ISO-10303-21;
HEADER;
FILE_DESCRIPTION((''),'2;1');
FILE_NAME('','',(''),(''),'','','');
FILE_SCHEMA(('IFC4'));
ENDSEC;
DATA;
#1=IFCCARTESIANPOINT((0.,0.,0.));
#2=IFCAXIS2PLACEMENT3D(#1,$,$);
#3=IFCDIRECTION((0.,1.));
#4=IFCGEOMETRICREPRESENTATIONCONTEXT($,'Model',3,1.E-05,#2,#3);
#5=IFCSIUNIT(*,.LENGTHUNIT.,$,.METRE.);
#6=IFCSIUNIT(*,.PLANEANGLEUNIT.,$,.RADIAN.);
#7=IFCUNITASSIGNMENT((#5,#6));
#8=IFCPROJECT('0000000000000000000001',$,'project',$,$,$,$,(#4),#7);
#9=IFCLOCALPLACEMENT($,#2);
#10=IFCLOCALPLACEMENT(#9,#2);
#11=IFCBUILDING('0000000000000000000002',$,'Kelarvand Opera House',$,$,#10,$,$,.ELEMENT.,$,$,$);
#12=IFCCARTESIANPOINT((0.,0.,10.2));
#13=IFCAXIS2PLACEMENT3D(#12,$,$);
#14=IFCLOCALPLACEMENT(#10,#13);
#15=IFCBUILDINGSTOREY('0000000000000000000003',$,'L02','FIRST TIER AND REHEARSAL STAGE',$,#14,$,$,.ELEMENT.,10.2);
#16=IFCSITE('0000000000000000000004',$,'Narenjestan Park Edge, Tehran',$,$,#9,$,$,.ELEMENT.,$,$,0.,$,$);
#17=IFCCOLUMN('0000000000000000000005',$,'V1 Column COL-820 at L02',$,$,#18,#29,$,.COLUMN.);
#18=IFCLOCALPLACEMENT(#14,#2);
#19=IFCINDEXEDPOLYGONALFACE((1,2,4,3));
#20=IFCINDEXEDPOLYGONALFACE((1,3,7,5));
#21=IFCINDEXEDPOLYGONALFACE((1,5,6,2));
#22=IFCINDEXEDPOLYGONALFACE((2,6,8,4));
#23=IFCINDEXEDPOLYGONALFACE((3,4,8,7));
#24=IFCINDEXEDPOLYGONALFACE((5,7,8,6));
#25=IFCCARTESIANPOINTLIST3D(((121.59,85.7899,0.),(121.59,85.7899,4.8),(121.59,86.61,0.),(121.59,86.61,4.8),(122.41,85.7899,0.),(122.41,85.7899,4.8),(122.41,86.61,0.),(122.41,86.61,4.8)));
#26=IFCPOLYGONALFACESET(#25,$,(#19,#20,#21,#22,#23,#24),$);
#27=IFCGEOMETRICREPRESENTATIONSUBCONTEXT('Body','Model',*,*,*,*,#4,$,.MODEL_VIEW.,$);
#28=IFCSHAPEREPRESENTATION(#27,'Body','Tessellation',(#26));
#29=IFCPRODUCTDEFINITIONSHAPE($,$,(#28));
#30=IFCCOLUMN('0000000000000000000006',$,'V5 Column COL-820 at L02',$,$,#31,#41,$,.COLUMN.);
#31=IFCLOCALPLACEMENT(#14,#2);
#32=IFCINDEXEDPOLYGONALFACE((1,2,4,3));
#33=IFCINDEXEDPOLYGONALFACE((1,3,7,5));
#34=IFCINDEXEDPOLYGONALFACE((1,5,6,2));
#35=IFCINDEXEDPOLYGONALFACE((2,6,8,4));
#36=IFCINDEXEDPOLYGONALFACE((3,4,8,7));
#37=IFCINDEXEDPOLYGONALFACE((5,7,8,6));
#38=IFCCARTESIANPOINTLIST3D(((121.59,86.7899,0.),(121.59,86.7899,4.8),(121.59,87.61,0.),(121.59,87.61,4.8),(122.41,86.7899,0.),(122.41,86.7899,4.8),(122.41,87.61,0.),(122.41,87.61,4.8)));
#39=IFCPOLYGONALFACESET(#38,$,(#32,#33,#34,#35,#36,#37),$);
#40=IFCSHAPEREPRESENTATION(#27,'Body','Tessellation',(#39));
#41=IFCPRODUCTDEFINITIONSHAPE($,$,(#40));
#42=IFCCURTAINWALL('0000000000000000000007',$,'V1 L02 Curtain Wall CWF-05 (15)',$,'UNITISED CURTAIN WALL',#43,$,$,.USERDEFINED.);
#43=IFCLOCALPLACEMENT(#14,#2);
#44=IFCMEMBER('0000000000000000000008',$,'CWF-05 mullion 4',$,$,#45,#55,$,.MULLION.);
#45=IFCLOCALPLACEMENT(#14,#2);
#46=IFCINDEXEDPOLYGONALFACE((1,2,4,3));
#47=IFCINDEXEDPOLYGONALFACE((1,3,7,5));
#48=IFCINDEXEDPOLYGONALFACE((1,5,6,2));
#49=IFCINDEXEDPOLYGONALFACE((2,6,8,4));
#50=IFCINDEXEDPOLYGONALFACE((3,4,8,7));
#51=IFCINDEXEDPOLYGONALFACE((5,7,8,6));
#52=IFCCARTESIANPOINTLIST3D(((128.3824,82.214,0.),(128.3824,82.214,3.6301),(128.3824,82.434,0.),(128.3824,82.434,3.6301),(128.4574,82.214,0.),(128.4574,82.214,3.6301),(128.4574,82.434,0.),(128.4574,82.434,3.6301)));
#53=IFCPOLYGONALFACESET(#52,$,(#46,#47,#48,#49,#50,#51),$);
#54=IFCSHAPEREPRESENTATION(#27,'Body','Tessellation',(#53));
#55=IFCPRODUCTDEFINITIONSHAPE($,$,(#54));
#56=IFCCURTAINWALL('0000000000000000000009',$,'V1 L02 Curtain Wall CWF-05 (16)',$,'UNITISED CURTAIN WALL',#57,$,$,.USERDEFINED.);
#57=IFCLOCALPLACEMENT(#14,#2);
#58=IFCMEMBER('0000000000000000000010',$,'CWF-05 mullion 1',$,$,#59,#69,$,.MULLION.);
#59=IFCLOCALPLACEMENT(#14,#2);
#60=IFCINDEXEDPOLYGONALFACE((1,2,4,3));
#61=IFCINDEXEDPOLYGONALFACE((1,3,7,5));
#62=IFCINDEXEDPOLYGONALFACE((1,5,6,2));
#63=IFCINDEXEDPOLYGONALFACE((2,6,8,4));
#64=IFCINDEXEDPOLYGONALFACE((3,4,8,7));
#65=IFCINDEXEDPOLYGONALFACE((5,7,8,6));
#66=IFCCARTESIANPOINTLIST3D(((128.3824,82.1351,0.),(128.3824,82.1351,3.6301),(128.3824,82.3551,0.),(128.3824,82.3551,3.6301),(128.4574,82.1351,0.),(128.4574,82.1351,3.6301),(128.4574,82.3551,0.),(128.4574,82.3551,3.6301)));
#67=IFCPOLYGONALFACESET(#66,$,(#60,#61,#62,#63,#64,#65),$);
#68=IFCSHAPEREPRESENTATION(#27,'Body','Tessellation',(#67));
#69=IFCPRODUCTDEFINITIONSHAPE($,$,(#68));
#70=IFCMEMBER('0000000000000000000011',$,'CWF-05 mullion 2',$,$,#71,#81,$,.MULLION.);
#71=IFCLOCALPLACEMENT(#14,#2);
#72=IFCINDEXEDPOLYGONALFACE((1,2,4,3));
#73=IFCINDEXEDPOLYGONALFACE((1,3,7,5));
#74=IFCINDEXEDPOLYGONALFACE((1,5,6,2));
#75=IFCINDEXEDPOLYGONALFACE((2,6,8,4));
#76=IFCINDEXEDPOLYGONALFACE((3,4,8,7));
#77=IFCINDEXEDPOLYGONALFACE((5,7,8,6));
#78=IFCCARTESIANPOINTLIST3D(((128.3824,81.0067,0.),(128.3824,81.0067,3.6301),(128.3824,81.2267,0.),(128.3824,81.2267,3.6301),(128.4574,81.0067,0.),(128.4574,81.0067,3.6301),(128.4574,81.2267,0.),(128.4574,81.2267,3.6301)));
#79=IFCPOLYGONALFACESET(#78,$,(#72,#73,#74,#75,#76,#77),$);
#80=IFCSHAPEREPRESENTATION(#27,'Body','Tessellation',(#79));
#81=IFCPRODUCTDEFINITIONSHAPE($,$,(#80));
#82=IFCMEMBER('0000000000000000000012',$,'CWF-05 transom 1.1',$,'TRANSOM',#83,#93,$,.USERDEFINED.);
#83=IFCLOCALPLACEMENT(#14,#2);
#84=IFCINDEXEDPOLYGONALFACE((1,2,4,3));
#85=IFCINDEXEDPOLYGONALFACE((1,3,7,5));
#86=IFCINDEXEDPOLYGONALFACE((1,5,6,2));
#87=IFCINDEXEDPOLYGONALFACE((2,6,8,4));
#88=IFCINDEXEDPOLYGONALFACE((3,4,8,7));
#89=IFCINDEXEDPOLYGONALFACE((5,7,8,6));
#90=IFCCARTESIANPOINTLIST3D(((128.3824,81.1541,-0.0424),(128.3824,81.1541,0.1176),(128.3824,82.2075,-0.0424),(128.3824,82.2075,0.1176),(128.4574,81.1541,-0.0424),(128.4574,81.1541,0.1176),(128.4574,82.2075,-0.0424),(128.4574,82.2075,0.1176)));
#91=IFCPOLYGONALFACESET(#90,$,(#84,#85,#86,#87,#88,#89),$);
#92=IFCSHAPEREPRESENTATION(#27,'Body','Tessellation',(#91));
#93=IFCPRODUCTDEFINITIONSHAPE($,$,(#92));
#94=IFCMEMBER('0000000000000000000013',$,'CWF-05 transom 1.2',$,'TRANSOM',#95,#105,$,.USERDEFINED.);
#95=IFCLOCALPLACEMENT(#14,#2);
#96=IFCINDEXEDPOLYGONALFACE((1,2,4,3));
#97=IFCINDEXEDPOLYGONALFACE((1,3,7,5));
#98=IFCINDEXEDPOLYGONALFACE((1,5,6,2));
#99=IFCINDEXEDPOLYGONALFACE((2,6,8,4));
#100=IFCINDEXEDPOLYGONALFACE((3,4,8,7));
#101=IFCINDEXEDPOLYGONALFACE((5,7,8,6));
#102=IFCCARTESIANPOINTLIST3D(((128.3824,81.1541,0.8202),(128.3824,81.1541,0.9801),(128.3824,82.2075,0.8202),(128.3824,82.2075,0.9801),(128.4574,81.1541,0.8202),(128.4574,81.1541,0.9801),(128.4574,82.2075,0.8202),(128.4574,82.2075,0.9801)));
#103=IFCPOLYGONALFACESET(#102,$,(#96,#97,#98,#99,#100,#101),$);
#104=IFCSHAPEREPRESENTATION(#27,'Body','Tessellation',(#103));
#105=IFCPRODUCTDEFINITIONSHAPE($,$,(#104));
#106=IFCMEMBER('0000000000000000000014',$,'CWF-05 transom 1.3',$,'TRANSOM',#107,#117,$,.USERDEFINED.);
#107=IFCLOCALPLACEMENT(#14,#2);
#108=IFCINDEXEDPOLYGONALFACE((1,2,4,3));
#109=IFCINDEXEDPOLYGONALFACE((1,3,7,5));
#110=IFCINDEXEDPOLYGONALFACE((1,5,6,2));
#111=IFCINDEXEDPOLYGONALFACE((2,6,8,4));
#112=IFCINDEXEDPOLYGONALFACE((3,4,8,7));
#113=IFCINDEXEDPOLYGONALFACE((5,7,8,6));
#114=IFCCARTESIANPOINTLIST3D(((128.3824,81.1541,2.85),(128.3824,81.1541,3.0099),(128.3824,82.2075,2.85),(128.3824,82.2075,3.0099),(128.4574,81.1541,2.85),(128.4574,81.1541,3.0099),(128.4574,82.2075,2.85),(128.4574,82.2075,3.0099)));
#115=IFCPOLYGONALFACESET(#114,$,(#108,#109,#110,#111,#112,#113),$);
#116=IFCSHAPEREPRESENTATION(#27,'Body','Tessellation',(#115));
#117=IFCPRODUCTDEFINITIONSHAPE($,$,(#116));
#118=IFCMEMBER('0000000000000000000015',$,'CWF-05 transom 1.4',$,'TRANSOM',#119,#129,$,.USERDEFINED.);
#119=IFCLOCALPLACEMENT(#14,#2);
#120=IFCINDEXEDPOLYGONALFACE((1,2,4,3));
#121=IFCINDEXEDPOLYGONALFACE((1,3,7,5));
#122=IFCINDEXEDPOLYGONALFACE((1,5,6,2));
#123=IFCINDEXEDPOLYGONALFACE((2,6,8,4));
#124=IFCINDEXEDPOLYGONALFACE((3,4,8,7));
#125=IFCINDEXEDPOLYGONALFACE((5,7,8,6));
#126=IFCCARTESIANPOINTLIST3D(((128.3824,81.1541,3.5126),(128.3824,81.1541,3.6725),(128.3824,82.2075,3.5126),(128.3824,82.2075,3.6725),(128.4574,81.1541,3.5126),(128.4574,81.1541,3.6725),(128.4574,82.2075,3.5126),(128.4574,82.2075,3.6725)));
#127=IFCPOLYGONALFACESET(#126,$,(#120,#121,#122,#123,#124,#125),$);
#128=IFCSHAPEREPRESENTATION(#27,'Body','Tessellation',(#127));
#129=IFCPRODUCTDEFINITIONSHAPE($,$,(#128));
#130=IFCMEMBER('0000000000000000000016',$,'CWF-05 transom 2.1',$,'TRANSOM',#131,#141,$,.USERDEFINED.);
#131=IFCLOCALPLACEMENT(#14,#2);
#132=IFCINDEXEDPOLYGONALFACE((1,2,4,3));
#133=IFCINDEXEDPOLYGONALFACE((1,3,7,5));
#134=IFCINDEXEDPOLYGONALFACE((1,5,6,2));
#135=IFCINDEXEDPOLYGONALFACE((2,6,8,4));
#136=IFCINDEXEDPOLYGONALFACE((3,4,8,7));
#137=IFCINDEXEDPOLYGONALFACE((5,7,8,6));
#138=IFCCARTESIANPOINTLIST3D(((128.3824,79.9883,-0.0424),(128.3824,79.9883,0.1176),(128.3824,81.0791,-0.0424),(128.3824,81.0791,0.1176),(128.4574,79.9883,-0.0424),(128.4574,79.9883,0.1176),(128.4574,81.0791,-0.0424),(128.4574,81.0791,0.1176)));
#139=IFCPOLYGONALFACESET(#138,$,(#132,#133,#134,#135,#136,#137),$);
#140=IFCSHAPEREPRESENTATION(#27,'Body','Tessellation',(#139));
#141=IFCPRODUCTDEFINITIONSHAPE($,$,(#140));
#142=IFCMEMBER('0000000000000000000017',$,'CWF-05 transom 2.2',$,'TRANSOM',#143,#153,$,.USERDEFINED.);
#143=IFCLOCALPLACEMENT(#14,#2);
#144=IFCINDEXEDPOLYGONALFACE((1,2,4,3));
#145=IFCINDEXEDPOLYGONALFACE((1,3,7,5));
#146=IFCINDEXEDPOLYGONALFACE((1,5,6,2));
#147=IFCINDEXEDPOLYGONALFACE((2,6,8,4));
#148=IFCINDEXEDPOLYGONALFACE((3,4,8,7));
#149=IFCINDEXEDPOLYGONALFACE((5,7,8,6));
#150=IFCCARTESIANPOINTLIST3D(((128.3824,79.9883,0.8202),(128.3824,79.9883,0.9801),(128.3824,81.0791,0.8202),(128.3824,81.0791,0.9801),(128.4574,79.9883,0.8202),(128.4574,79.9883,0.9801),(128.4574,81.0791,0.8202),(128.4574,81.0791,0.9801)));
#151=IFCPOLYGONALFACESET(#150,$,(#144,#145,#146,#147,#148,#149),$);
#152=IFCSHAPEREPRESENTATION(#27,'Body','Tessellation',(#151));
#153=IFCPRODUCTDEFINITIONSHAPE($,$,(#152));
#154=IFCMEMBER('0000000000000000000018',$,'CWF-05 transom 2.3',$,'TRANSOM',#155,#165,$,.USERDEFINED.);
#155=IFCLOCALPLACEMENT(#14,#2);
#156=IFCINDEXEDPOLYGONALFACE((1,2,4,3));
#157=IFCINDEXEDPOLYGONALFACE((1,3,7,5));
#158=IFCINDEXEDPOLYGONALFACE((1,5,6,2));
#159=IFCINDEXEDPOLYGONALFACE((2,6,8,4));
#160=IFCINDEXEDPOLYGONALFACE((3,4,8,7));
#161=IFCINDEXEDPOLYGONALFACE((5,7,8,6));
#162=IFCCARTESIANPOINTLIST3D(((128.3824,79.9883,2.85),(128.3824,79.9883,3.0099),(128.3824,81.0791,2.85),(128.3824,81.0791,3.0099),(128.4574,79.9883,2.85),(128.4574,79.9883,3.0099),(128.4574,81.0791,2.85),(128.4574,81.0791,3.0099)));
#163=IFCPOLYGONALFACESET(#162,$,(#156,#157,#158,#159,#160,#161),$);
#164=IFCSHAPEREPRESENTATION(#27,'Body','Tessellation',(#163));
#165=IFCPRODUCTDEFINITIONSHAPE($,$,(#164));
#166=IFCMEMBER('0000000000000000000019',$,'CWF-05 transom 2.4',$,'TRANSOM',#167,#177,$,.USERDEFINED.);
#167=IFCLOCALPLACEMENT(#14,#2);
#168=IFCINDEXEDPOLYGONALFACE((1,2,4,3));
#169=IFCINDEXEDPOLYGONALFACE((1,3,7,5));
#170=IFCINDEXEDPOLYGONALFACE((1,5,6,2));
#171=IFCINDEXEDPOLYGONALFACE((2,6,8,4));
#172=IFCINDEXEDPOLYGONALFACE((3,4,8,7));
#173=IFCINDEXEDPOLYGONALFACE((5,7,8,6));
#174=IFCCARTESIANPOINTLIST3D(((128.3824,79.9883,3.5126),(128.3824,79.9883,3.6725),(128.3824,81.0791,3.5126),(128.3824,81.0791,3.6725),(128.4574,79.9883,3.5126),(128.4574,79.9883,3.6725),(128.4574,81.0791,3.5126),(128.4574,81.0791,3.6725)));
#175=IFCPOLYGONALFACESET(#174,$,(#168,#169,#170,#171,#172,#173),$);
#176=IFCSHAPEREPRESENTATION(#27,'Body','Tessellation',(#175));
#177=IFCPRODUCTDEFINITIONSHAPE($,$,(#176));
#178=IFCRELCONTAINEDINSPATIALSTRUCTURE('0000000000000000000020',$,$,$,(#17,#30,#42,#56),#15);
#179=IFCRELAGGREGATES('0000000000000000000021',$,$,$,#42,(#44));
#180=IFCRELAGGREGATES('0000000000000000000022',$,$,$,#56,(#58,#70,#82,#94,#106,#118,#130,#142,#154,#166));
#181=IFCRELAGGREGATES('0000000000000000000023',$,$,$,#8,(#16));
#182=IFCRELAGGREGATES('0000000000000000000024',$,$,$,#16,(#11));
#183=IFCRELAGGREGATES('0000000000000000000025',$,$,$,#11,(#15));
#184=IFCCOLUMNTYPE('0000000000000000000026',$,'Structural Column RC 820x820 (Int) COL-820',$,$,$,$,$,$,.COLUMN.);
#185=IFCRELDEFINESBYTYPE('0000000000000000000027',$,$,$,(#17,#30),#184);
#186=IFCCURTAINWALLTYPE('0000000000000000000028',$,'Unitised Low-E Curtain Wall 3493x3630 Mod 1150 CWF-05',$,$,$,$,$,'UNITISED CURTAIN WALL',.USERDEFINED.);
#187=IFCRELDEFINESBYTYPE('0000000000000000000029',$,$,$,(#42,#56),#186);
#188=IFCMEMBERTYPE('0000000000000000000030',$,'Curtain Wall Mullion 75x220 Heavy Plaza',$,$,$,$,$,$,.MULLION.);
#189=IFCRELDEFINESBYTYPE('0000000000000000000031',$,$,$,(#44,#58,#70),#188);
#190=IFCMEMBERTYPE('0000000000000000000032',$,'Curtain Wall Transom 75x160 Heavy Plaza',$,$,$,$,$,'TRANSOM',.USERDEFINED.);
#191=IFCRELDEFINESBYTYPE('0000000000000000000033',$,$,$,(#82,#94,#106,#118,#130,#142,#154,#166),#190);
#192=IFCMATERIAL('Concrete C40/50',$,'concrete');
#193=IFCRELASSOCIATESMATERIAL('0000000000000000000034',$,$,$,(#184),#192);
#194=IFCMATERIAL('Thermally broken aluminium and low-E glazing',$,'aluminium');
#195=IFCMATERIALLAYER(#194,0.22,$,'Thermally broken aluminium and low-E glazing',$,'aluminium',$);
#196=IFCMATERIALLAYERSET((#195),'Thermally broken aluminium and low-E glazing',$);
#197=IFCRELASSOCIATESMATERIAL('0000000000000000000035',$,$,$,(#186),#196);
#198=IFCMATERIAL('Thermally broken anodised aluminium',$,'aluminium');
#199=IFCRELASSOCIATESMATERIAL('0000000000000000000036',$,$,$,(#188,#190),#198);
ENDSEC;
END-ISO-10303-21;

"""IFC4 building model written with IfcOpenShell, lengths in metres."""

from ifc_helpers import new_model, si_unit, direction, frame, origin, origin_2d, place, context, subcontext, project, spatial, rectangle, extrude, material, layer, layer_set, material_profile, profile_set, type_object, element, aggregate, save


model = new_model("IFC4")

# Units and contexts
model_context = context("Model", 3, precision=1e-05, world=origin(), true_north=direction((0.0, 1.0)))
body_context = subcontext(model_context, "Body", "Model", "MODEL_VIEW")
ifc_project = project(units=[si_unit("LENGTHUNIT", "METRE"), si_unit("PLANEANGLEUNIT", "RADIAN")], contexts=[model_context])

# Site, building, storey
site_placement = place(None, origin())
site = spatial("IfcSite", under=ifc_project, at=site_placement, Name="Narenjestan Park Edge, Tehran", CompositionType="ELEMENT", RefElevation=0.0)
building_placement = place(site_placement, origin())
building = spatial("IfcBuilding", under=site, at=building_placement, Name="Kelarvand Opera House", CompositionType="ELEMENT")
storey_placement = place(building_placement, frame((0.0, 0.0, 10.2)))
storey = spatial("IfcBuildingStorey", under=building, at=storey_placement, Name="L02", Description="FIRST TIER AND REHEARSAL STAGE", CompositionType="ELEMENT", Elevation=10.2)

# Columns
ifc_material_1 = material(Name="Concrete C40/50", Category="concrete")
ifc_material_profile_1 = material_profile(ifc_material_1, rectangle(XDim=0.8201, YDim=0.8201, at=origin_2d()), Name="RC 820x820", Category="concrete")
ifc_profile_set_1 = profile_set([ifc_material_profile_1], Name="Concrete C40/50")
column_type = type_object("IfcColumnType", Name="Structural Column RC 820x820 (Int) COL-820", PredefinedType="COLUMN", material=ifc_profile_set_1)
for number, where, z_axis, x_axis, name in (
    (1, (122.0, 86.2, 0.0), (0.0, 0.0, 1.0), (1.0, 0.0, 0.0), "V1 Column COL-820 at L02"),
    (2, (122.0, 87.2, 0.0), (0.0, 0.0, 1.0), (1.0, 0.0, 0.0), "V5 Column COL-820 at L02"),
):
    element("IfcColumn", number, at=place(storey_placement, frame(where, z_axis=z_axis, x_axis=x_axis)), inside=storey, type_object=column_type, Name=name, PredefinedType="COLUMN", context=body_context, shape_type="SweptSolid", body=[
        extrude(rectangle(XDim=0.8201, YDim=0.8201, at=origin_2d()), origin(), (0.0, 0.0, 1.0), 4.8),
    ])

# Curtain wall, member
ifc_material_2 = material(Name="Thermally broken aluminium and low-E glazing", Category="aluminium")
ifc_layer_1 = layer(ifc_material_2, 0.22, Name="Thermally broken aluminium and low-E glazing", Category="aluminium")
ifc_layer_set_1 = layer_set([ifc_layer_1], Name="Thermally broken aluminium and low-E glazing")
curtain_wall_type = type_object("IfcCurtainWallType", Name="Unitised Low-E Curtain Wall 3493x3630 Mod 1150 CWF-05", ElementType="UNITISED CURTAIN WALL", PredefinedType="USERDEFINED", material=ifc_layer_set_1)
curtain_wall_1_placement = place(storey_placement, origin())
curtain_wall_1 = element("IfcCurtainWall", 3, at=curtain_wall_1_placement, inside=storey, type_object=curtain_wall_type, Name="V1 L02 Curtain Wall CWF-05 (15)", ObjectType="UNITISED CURTAIN WALL", PredefinedType="USERDEFINED")
ifc_material_3 = material(Name="Thermally broken anodised aluminium", Category="aluminium")
ifc_material_profile_2 = material_profile(ifc_material_3, rectangle(XDim=0.075, YDim=0.22, at=origin_2d()), Name="ALU MULLION 75x220", Category="aluminium")
ifc_profile_set_2 = profile_set([ifc_material_profile_2], Name="Thermally broken anodised aluminium")
member_type_1 = type_object("IfcMemberType", Name="Curtain Wall Mullion 75x220 Heavy Plaza", PredefinedType="MULLION", material=ifc_profile_set_2)
member_1_placement = place(storey_placement, frame((128.4199, 82.324, 0.0), z_axis=(0.0, 0.0, 1.0), x_axis=(1.0, 0.0, 0.0)))
member_1 = element("IfcMember", 4, at=member_1_placement, type_object=member_type_1, Name="CWF-05 mullion 4", PredefinedType="MULLION", context=body_context, shape_type="SweptSolid", body=[
    extrude(rectangle(XDim=0.075, YDim=0.22, at=origin_2d()), origin(), (0.0, 0.0, 1.0), 3.6301),
])

# Curtain wall, members
curtain_wall_2_placement = place(storey_placement, origin())
curtain_wall_2 = element("IfcCurtainWall", 5, at=curtain_wall_2_placement, inside=storey, type_object=curtain_wall_type, Name="V1 L02 Curtain Wall CWF-05 (16)", ObjectType="UNITISED CURTAIN WALL", PredefinedType="USERDEFINED")
member_2_placement = place(storey_placement, frame((128.4199, 82.2451, 0.0), z_axis=(0.0, 0.0, 1.0), x_axis=(1.0, 0.0, 0.0)))
member_2 = element("IfcMember", 6, at=member_2_placement, type_object=member_type_1, Name="CWF-05 mullion 1", PredefinedType="MULLION", context=body_context, shape_type="SweptSolid", body=[
    extrude(rectangle(XDim=0.075, YDim=0.22, at=origin_2d()), origin(), (0.0, 0.0, 1.0), 3.6301),
])
member_3_placement = place(storey_placement, frame((128.4199, 81.1167, 0.0), z_axis=(0.0, 0.0, 1.0), x_axis=(1.0, 0.0, 0.0)))
member_3 = element("IfcMember", 7, at=member_3_placement, type_object=member_type_1, Name="CWF-05 mullion 2", PredefinedType="MULLION", context=body_context, shape_type="SweptSolid", body=[
    extrude(rectangle(XDim=0.075, YDim=0.22, at=origin_2d()), origin(), (0.0, 0.0, 1.0), 3.6301),
])
ifc_material_profile_3 = material_profile(ifc_material_3, rectangle(XDim=0.075, YDim=0.1599, at=origin_2d()), Name="ALU TRANSOM 75x160", Category="aluminium")
ifc_profile_set_3 = profile_set([ifc_material_profile_3], Name="Thermally broken anodised aluminium")
member_type_2 = type_object("IfcMemberType", Name="Curtain Wall Transom 75x160 Heavy Plaza", ElementType="TRANSOM", PredefinedType="USERDEFINED", material=ifc_profile_set_3)
member_4_placement = place(storey_placement, frame((128.4199, 82.2075, 0.0376), z_axis=(0.0, -1.0, 0.0), x_axis=(1.0, 0.0, 0.0)))
member_4 = element("IfcMember", 8, at=member_4_placement, type_object=member_type_2, Name="CWF-05 transom 1.1", ObjectType="TRANSOM", PredefinedType="USERDEFINED", context=body_context, shape_type="SweptSolid", body=[
    extrude(rectangle(XDim=0.075, YDim=0.1599, at=origin_2d()), origin(), (0.0, 0.0, 1.0), 1.0535),
])
member_5_placement = place(storey_placement, frame((128.4199, 82.2075, 0.9001), z_axis=(0.0, -1.0, 0.0), x_axis=(1.0, 0.0, 0.0)))
member_5 = element("IfcMember", 9, at=member_5_placement, type_object=member_type_2, Name="CWF-05 transom 1.2", ObjectType="TRANSOM", PredefinedType="USERDEFINED", context=body_context, shape_type="SweptSolid", body=[
    extrude(rectangle(XDim=0.075, YDim=0.1599, at=origin_2d()), origin(), (0.0, 0.0, 1.0), 1.0535),
])
member_6_placement = place(storey_placement, frame((128.4199, 82.2075, 2.9299), z_axis=(0.0, -1.0, 0.0), x_axis=(1.0, 0.0, 0.0)))
member_6 = element("IfcMember", 10, at=member_6_placement, type_object=member_type_2, Name="CWF-05 transom 1.3", ObjectType="TRANSOM", PredefinedType="USERDEFINED", context=body_context, shape_type="SweptSolid", body=[
    extrude(rectangle(XDim=0.075, YDim=0.1599, at=origin_2d()), origin(), (0.0, 0.0, 1.0), 1.0535),
])
member_7_placement = place(storey_placement, frame((128.4199, 82.2075, 3.5925), z_axis=(0.0, -1.0, 0.0), x_axis=(1.0, 0.0, 0.0)))
member_7 = element("IfcMember", 11, at=member_7_placement, type_object=member_type_2, Name="CWF-05 transom 1.4", ObjectType="TRANSOM", PredefinedType="USERDEFINED", context=body_context, shape_type="SweptSolid", body=[
    extrude(rectangle(XDim=0.075, YDim=0.1599, at=origin_2d()), origin(), (0.0, 0.0, 1.0), 1.0535),
])
member_8_placement = place(storey_placement, frame((128.4199, 81.0791, 0.0376), z_axis=(0.0, -1.0, 0.0), x_axis=(1.0, 0.0, 0.0)))
member_8 = element("IfcMember", 12, at=member_8_placement, type_object=member_type_2, Name="CWF-05 transom 2.1", ObjectType="TRANSOM", PredefinedType="USERDEFINED", context=body_context, shape_type="SweptSolid", body=[
    extrude(rectangle(XDim=0.075, YDim=0.1599, at=origin_2d()), origin(), (0.0, 0.0, 1.0), 1.0908),
])
member_9_placement = place(storey_placement, frame((128.4199, 81.0791, 0.9001), z_axis=(0.0, -1.0, 0.0), x_axis=(1.0, 0.0, 0.0)))
member_9 = element("IfcMember", 13, at=member_9_placement, type_object=member_type_2, Name="CWF-05 transom 2.2", ObjectType="TRANSOM", PredefinedType="USERDEFINED", context=body_context, shape_type="SweptSolid", body=[
    extrude(rectangle(XDim=0.075, YDim=0.1599, at=origin_2d()), origin(), (0.0, 0.0, 1.0), 1.0908),
])
member_10_placement = place(storey_placement, frame((128.4199, 81.0791, 2.9299), z_axis=(0.0, -1.0, 0.0), x_axis=(1.0, 0.0, 0.0)))
member_10 = element("IfcMember", 14, at=member_10_placement, type_object=member_type_2, Name="CWF-05 transom 2.3", ObjectType="TRANSOM", PredefinedType="USERDEFINED", context=body_context, shape_type="SweptSolid", body=[
    extrude(rectangle(XDim=0.075, YDim=0.1599, at=origin_2d()), origin(), (0.0, 0.0, 1.0), 1.0908),
])
member_11_placement = place(storey_placement, frame((128.4199, 81.0791, 3.5925), z_axis=(0.0, -1.0, 0.0), x_axis=(1.0, 0.0, 0.0)))
member_11 = element("IfcMember", 15, at=member_11_placement, type_object=member_type_2, Name="CWF-05 transom 2.4", ObjectType="TRANSOM", PredefinedType="USERDEFINED", context=body_context, shape_type="SweptSolid", body=[
    extrude(rectangle(XDim=0.075, YDim=0.1599, at=origin_2d()), origin(), (0.0, 0.0, 1.0), 1.0908),
])

aggregate(curtain_wall_1, [member_1])
aggregate(curtain_wall_2, [member_2, member_3, member_4, member_5, member_6, member_7, member_8, member_9, member_10, member_11])

save(model, "model.ifc")
